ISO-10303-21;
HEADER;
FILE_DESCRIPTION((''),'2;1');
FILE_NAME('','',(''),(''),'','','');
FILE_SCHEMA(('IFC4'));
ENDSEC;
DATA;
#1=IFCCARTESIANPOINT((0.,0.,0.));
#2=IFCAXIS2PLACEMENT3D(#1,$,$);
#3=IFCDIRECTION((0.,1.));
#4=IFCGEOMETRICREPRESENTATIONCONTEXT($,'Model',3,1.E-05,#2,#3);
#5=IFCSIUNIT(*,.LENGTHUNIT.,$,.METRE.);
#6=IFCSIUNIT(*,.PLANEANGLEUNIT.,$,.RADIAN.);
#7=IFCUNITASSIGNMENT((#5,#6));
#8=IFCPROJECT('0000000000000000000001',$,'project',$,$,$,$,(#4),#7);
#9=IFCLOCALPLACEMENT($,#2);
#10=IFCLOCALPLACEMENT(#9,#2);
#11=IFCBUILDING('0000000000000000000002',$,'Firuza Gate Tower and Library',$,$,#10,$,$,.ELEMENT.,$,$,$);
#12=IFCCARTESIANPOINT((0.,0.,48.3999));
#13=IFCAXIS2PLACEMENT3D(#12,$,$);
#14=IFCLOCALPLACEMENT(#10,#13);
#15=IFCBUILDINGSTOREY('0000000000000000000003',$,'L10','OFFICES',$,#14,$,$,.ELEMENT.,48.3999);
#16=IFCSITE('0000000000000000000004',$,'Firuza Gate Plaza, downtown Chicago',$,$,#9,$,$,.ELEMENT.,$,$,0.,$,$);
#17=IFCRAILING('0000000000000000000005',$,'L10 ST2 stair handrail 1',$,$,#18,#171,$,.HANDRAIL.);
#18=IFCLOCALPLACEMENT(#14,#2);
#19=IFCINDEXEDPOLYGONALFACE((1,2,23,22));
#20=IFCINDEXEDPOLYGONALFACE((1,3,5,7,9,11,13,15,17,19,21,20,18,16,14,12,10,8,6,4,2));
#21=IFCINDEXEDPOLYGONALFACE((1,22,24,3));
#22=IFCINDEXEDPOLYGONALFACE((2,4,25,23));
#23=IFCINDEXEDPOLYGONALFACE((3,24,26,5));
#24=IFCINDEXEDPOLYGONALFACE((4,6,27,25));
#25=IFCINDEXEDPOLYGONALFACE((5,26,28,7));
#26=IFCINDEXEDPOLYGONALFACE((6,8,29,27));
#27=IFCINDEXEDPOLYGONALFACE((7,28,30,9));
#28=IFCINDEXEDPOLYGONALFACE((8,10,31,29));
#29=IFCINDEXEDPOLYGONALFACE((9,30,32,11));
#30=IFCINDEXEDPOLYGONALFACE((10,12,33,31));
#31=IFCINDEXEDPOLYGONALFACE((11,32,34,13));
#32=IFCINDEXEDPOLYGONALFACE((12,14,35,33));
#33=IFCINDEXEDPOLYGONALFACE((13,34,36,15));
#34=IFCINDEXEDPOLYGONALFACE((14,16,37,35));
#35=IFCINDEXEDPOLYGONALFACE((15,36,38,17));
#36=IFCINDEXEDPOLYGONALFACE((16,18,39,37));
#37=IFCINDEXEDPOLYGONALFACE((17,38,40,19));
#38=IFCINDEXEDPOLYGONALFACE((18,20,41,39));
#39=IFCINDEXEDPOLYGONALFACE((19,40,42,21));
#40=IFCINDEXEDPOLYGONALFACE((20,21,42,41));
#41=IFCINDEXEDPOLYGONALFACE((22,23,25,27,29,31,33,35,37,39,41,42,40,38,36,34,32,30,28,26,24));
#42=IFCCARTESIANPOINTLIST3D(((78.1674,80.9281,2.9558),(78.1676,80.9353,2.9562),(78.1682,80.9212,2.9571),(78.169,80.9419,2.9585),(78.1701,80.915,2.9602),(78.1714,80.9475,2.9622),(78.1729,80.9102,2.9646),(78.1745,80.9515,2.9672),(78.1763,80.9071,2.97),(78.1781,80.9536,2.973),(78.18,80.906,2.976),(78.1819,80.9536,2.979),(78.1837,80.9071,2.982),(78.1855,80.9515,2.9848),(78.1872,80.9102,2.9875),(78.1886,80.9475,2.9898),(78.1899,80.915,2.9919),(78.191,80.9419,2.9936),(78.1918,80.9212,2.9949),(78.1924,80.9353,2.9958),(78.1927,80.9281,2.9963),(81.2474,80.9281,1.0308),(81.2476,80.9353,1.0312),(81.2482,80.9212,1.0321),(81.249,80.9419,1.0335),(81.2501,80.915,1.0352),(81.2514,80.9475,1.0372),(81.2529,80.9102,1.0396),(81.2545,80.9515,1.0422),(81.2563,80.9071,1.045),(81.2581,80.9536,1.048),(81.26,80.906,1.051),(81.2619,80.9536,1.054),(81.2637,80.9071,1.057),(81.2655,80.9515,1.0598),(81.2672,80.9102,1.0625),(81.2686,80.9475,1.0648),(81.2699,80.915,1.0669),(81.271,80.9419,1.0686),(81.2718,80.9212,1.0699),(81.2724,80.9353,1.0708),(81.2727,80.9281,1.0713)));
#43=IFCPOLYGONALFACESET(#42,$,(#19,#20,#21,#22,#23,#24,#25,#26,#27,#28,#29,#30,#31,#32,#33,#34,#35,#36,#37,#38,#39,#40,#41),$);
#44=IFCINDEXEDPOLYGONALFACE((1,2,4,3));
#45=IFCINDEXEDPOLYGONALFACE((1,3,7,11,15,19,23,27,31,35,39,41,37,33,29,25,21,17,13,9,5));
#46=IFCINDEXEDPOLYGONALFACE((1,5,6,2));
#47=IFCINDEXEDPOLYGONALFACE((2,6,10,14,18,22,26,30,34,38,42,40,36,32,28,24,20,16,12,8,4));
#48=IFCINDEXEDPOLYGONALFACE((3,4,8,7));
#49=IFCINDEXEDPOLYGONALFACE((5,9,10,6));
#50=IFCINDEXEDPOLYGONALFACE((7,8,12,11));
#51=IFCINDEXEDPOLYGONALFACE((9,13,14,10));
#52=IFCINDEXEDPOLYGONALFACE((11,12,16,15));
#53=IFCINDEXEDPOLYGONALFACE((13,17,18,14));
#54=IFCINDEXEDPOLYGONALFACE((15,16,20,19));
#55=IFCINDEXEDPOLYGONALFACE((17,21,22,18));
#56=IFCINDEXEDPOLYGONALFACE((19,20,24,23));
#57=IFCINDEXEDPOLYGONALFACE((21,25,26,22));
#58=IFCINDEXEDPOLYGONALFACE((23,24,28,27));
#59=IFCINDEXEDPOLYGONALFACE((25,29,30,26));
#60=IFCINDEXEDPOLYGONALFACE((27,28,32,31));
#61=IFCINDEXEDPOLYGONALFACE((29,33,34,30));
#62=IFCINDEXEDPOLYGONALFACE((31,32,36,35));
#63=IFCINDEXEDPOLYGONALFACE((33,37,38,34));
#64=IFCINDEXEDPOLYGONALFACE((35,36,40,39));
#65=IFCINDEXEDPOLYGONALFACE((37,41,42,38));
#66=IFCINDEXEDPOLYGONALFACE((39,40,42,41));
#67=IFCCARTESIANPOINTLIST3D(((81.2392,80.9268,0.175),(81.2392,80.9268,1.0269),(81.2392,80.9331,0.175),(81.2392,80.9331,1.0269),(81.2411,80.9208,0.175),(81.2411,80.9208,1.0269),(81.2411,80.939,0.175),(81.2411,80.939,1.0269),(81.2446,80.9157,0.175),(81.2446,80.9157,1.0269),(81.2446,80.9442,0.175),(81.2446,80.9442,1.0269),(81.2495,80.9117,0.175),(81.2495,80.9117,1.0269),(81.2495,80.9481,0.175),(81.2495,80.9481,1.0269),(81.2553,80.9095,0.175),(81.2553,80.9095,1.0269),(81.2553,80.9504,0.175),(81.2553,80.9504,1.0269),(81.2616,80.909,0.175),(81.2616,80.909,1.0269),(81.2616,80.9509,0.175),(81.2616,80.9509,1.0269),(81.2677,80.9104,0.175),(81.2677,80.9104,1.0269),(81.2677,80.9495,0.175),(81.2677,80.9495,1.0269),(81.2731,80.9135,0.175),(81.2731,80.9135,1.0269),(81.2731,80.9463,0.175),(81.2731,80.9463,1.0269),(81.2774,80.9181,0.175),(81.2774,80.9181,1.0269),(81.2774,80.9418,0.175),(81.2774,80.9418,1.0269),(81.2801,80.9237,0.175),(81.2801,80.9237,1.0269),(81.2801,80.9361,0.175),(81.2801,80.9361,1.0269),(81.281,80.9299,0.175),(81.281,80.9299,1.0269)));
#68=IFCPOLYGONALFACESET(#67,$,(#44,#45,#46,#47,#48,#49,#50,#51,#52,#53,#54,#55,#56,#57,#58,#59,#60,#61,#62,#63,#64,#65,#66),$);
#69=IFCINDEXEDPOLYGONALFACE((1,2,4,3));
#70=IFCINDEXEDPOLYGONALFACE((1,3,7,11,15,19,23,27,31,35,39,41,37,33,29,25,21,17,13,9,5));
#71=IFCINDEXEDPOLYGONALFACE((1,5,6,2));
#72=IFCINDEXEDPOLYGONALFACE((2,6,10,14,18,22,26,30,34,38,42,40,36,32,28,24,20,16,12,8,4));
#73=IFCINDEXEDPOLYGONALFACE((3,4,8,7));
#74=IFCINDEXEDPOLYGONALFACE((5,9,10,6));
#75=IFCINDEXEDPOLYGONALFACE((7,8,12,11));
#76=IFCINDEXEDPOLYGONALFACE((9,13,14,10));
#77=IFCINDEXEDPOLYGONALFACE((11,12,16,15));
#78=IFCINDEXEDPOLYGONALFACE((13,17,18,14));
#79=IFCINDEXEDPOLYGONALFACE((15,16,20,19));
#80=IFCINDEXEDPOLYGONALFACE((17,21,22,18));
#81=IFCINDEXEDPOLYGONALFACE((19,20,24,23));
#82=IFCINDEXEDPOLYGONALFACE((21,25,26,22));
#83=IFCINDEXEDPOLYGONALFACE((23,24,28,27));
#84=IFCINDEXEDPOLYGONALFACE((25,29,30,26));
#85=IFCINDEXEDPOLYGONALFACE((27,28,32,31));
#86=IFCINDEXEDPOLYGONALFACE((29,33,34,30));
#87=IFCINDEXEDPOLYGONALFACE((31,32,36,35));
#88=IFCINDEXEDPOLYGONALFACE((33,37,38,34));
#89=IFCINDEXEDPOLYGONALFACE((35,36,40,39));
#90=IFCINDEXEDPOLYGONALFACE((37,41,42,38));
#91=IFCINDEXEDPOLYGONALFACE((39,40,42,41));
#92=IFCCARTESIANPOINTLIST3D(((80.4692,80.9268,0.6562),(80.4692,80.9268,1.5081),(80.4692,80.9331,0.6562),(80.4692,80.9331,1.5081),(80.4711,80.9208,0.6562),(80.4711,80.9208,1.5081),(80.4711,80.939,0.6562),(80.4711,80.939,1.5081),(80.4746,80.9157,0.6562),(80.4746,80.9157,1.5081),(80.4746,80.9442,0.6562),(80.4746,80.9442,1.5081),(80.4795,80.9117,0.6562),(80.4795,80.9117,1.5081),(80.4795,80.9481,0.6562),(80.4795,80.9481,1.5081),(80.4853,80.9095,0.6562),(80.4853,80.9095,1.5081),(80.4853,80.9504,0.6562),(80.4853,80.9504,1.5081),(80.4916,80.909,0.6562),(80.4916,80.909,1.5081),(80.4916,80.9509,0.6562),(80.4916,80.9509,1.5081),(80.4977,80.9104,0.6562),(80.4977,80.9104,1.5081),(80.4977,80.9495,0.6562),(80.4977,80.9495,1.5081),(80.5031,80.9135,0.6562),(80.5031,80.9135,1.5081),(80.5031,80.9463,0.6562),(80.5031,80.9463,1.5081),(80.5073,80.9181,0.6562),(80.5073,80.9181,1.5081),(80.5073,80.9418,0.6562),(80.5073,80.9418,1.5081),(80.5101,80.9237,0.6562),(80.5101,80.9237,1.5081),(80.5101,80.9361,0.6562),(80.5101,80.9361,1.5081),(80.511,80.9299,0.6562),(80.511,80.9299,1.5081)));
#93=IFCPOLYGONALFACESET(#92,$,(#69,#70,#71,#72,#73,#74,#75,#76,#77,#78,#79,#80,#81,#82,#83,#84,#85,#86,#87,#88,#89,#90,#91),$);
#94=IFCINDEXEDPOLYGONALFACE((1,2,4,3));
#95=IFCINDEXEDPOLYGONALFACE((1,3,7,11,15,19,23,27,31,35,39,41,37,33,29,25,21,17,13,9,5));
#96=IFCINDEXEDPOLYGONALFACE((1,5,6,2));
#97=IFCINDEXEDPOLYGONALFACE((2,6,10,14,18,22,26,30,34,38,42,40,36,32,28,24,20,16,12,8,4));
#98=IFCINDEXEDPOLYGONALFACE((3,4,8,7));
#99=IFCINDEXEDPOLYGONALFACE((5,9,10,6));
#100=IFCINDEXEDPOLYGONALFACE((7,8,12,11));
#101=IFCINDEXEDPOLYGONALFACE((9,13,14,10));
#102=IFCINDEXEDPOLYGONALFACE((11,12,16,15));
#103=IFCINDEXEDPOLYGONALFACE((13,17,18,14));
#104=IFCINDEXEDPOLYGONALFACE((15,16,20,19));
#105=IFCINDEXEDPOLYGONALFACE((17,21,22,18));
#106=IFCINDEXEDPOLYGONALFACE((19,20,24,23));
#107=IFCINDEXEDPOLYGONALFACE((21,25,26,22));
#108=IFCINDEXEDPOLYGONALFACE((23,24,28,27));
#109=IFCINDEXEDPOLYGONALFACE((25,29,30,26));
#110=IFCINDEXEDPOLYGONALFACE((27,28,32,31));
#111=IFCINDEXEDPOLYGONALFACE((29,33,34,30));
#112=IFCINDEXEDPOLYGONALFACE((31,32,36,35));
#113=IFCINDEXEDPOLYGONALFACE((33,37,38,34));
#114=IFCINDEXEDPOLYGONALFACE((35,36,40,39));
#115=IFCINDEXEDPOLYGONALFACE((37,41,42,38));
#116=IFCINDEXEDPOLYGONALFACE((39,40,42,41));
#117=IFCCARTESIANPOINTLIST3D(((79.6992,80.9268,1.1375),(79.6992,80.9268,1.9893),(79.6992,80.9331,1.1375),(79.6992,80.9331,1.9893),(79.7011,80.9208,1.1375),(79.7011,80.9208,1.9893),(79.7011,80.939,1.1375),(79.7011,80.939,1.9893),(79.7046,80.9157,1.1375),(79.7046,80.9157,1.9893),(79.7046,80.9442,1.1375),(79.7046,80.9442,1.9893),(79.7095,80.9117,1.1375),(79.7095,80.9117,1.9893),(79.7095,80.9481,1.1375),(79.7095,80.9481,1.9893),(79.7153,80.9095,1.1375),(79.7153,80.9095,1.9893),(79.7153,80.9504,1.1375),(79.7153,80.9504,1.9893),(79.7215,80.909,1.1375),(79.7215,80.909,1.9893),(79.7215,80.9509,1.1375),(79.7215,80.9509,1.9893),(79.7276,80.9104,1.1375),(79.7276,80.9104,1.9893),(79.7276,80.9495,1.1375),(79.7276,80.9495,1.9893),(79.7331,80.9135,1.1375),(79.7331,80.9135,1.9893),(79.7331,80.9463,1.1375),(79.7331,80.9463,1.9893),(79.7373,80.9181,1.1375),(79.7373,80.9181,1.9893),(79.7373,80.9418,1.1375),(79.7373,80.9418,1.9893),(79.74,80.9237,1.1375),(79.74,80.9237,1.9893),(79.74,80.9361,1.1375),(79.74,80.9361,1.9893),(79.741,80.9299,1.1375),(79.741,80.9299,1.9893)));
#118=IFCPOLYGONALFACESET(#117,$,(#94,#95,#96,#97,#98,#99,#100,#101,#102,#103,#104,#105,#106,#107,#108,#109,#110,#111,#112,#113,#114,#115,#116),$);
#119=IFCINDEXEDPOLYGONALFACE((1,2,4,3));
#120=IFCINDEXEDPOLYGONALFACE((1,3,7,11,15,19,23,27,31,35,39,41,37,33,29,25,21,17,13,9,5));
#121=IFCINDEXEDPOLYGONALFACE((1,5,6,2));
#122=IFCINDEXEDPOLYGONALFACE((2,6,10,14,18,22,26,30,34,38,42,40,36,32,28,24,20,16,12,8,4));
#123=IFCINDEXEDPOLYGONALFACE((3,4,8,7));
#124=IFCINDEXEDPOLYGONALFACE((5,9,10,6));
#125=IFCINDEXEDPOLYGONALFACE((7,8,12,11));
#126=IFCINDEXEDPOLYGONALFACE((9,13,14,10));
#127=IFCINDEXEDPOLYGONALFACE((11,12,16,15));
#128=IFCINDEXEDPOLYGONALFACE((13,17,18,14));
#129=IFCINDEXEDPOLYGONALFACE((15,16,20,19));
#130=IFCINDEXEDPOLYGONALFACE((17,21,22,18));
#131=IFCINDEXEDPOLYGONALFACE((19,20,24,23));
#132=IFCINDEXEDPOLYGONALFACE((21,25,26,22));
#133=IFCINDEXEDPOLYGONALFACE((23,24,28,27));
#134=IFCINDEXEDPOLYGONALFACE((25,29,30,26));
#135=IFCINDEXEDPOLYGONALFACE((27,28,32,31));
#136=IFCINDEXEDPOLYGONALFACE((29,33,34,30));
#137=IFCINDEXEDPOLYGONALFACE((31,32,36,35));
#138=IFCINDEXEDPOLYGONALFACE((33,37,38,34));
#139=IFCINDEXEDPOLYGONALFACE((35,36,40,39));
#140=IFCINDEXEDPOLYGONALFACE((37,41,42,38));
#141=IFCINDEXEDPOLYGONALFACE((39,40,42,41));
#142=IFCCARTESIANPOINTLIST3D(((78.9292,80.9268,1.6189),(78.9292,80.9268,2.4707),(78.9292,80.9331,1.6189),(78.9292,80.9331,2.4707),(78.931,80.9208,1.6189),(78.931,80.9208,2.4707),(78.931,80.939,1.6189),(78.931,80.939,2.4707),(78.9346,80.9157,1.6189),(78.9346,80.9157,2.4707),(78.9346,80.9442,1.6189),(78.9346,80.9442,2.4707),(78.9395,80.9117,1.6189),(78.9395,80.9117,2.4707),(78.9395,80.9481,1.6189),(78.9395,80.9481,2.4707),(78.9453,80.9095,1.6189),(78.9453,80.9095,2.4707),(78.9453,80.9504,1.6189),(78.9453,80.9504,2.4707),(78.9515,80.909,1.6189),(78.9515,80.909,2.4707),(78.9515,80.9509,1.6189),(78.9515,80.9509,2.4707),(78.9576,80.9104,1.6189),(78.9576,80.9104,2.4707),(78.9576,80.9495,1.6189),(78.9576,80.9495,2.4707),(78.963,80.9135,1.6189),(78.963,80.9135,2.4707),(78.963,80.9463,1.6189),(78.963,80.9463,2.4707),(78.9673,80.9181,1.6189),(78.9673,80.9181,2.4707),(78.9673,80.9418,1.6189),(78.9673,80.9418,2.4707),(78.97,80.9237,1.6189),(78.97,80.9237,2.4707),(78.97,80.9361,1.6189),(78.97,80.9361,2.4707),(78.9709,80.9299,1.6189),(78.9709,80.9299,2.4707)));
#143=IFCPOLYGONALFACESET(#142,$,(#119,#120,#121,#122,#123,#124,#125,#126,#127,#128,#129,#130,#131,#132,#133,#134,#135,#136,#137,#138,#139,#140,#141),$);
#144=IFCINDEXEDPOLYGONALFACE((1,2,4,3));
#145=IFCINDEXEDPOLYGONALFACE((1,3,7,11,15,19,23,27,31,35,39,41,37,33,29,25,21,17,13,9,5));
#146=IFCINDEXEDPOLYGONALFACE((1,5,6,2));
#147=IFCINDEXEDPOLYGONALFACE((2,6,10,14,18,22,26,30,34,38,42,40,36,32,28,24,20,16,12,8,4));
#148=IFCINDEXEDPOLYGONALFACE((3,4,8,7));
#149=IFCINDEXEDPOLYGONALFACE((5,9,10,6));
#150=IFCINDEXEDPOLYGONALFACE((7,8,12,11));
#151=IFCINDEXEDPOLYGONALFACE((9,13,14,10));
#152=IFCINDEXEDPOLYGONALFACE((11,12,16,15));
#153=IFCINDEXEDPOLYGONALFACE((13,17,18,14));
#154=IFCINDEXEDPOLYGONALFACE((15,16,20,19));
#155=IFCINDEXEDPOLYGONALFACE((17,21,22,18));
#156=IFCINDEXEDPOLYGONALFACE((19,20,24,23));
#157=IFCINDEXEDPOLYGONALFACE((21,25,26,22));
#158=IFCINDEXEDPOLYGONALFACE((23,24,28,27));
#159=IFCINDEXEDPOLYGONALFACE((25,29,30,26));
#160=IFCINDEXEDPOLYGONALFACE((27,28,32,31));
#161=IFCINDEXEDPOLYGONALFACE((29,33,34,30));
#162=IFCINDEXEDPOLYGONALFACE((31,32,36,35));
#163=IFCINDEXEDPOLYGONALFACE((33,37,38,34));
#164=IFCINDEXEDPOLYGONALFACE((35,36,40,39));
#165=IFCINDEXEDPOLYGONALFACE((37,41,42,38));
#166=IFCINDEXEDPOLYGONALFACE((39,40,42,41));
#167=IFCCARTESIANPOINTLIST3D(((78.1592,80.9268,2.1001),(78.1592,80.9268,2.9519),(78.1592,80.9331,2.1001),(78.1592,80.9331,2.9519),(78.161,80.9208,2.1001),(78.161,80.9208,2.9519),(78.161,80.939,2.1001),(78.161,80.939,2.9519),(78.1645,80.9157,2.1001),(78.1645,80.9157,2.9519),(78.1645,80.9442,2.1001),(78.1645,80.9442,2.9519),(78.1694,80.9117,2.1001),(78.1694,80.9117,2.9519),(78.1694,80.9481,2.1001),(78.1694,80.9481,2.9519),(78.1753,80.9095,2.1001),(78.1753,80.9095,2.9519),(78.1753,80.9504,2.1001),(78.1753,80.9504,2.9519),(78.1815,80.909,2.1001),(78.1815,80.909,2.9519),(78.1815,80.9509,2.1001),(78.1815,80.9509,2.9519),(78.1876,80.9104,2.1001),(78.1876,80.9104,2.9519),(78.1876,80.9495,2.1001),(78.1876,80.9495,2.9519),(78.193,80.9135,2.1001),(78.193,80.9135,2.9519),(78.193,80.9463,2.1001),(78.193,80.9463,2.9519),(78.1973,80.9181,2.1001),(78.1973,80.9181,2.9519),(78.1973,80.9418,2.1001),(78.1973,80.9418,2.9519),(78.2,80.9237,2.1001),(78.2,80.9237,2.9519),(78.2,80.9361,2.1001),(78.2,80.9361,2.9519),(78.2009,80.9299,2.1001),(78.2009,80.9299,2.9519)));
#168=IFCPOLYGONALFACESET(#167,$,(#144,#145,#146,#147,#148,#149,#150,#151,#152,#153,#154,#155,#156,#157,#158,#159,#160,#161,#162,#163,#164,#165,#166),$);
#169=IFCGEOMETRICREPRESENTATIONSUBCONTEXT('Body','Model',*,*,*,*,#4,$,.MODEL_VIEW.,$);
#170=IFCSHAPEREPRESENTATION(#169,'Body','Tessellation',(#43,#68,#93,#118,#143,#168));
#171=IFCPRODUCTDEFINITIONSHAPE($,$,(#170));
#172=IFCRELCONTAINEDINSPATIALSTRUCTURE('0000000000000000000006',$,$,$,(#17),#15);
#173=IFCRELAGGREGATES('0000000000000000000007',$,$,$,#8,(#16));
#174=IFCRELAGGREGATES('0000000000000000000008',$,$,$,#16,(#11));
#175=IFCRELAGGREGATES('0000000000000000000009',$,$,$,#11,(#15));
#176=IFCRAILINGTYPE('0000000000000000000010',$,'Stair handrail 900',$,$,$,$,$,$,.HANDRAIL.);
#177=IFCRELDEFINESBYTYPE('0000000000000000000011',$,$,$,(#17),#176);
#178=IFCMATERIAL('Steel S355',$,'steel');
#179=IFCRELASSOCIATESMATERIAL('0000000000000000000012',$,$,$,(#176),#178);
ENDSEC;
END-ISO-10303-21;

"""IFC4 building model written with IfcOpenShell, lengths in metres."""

from ifc_helpers import new_model, si_unit, direction, frame, origin, origin_2d, place, context, subcontext, project, spatial, circle, extrude, material, type_object, element, save


model = new_model("IFC4")

# Units and contexts
model_context = context("Model", 3, precision=1e-05, world=origin(), true_north=direction((0.0, 1.0)))
body_context = subcontext(model_context, "Body", "Model", "MODEL_VIEW")
ifc_project = project(units=[si_unit("LENGTHUNIT", "METRE"), si_unit("PLANEANGLEUNIT", "RADIAN")], contexts=[model_context])

# Site, building, storey
site_placement = place(None, origin())
site = spatial("IfcSite", under=ifc_project, at=site_placement, Name="Firuza Gate Plaza, downtown Chicago", CompositionType="ELEMENT", RefElevation=0.0)
building_placement = place(site_placement, origin())
building = spatial("IfcBuilding", under=site, at=building_placement, Name="Firuza Gate Tower and Library", CompositionType="ELEMENT")
storey_placement = place(building_placement, frame((0.0, 0.0, 48.3999)))
storey = spatial("IfcBuildingStorey", under=building, at=storey_placement, Name="L10", Description="OFFICES", CompositionType="ELEMENT", Elevation=48.3999)

# Railing
ifc_material_1 = material(Name="Steel S355", Category="steel")
railing_type_1 = type_object("IfcRailingType", Name="Stair handrail 900", PredefinedType="HANDRAIL", material=ifc_material_1)
railing_1_placement = place(storey_placement, frame((81.26, 80.9299, 0.175)))
element("IfcRailing", 1, at=railing_1_placement, inside=storey, type_object=railing_type_1, Name="L10 ST2 stair handrail 1", PredefinedType="HANDRAIL", context=body_context, shape_type="SweptSolid", body=[
    extrude(circle(Radius=0.0239, at=origin_2d()), frame((0.0, 0.0, 0.876), z_axis=(-0.847998, 0.0, 0.529999), x_axis=(0.0, -1.0, 0.0)), (0.0, 0.0, 1.0), 3.6321),
    extrude(circle(Radius=0.021, at=origin_2d()), origin(), (0.0, 0.0, 1.0), 0.8518),
    extrude(circle(Radius=0.021, at=origin_2d()), frame((-0.77, 0.0, 0.4812)), (0.0, 0.0, 1.0), 0.8518),
    extrude(circle(Radius=0.021, at=origin_2d()), frame((-1.54, 0.0, 0.9624)), (0.0, 0.0, 1.0), 0.8518),
    extrude(circle(Radius=0.021, at=origin_2d()), frame((-2.3101, 0.0, 1.4438)), (0.0, 0.0, 1.0), 0.8518),
    extrude(circle(Radius=0.021, at=origin_2d()), frame((-3.0801, 0.0, 1.925)), (0.0, 0.0, 1.0), 0.8518),
])

save(model, "model.ifc")
